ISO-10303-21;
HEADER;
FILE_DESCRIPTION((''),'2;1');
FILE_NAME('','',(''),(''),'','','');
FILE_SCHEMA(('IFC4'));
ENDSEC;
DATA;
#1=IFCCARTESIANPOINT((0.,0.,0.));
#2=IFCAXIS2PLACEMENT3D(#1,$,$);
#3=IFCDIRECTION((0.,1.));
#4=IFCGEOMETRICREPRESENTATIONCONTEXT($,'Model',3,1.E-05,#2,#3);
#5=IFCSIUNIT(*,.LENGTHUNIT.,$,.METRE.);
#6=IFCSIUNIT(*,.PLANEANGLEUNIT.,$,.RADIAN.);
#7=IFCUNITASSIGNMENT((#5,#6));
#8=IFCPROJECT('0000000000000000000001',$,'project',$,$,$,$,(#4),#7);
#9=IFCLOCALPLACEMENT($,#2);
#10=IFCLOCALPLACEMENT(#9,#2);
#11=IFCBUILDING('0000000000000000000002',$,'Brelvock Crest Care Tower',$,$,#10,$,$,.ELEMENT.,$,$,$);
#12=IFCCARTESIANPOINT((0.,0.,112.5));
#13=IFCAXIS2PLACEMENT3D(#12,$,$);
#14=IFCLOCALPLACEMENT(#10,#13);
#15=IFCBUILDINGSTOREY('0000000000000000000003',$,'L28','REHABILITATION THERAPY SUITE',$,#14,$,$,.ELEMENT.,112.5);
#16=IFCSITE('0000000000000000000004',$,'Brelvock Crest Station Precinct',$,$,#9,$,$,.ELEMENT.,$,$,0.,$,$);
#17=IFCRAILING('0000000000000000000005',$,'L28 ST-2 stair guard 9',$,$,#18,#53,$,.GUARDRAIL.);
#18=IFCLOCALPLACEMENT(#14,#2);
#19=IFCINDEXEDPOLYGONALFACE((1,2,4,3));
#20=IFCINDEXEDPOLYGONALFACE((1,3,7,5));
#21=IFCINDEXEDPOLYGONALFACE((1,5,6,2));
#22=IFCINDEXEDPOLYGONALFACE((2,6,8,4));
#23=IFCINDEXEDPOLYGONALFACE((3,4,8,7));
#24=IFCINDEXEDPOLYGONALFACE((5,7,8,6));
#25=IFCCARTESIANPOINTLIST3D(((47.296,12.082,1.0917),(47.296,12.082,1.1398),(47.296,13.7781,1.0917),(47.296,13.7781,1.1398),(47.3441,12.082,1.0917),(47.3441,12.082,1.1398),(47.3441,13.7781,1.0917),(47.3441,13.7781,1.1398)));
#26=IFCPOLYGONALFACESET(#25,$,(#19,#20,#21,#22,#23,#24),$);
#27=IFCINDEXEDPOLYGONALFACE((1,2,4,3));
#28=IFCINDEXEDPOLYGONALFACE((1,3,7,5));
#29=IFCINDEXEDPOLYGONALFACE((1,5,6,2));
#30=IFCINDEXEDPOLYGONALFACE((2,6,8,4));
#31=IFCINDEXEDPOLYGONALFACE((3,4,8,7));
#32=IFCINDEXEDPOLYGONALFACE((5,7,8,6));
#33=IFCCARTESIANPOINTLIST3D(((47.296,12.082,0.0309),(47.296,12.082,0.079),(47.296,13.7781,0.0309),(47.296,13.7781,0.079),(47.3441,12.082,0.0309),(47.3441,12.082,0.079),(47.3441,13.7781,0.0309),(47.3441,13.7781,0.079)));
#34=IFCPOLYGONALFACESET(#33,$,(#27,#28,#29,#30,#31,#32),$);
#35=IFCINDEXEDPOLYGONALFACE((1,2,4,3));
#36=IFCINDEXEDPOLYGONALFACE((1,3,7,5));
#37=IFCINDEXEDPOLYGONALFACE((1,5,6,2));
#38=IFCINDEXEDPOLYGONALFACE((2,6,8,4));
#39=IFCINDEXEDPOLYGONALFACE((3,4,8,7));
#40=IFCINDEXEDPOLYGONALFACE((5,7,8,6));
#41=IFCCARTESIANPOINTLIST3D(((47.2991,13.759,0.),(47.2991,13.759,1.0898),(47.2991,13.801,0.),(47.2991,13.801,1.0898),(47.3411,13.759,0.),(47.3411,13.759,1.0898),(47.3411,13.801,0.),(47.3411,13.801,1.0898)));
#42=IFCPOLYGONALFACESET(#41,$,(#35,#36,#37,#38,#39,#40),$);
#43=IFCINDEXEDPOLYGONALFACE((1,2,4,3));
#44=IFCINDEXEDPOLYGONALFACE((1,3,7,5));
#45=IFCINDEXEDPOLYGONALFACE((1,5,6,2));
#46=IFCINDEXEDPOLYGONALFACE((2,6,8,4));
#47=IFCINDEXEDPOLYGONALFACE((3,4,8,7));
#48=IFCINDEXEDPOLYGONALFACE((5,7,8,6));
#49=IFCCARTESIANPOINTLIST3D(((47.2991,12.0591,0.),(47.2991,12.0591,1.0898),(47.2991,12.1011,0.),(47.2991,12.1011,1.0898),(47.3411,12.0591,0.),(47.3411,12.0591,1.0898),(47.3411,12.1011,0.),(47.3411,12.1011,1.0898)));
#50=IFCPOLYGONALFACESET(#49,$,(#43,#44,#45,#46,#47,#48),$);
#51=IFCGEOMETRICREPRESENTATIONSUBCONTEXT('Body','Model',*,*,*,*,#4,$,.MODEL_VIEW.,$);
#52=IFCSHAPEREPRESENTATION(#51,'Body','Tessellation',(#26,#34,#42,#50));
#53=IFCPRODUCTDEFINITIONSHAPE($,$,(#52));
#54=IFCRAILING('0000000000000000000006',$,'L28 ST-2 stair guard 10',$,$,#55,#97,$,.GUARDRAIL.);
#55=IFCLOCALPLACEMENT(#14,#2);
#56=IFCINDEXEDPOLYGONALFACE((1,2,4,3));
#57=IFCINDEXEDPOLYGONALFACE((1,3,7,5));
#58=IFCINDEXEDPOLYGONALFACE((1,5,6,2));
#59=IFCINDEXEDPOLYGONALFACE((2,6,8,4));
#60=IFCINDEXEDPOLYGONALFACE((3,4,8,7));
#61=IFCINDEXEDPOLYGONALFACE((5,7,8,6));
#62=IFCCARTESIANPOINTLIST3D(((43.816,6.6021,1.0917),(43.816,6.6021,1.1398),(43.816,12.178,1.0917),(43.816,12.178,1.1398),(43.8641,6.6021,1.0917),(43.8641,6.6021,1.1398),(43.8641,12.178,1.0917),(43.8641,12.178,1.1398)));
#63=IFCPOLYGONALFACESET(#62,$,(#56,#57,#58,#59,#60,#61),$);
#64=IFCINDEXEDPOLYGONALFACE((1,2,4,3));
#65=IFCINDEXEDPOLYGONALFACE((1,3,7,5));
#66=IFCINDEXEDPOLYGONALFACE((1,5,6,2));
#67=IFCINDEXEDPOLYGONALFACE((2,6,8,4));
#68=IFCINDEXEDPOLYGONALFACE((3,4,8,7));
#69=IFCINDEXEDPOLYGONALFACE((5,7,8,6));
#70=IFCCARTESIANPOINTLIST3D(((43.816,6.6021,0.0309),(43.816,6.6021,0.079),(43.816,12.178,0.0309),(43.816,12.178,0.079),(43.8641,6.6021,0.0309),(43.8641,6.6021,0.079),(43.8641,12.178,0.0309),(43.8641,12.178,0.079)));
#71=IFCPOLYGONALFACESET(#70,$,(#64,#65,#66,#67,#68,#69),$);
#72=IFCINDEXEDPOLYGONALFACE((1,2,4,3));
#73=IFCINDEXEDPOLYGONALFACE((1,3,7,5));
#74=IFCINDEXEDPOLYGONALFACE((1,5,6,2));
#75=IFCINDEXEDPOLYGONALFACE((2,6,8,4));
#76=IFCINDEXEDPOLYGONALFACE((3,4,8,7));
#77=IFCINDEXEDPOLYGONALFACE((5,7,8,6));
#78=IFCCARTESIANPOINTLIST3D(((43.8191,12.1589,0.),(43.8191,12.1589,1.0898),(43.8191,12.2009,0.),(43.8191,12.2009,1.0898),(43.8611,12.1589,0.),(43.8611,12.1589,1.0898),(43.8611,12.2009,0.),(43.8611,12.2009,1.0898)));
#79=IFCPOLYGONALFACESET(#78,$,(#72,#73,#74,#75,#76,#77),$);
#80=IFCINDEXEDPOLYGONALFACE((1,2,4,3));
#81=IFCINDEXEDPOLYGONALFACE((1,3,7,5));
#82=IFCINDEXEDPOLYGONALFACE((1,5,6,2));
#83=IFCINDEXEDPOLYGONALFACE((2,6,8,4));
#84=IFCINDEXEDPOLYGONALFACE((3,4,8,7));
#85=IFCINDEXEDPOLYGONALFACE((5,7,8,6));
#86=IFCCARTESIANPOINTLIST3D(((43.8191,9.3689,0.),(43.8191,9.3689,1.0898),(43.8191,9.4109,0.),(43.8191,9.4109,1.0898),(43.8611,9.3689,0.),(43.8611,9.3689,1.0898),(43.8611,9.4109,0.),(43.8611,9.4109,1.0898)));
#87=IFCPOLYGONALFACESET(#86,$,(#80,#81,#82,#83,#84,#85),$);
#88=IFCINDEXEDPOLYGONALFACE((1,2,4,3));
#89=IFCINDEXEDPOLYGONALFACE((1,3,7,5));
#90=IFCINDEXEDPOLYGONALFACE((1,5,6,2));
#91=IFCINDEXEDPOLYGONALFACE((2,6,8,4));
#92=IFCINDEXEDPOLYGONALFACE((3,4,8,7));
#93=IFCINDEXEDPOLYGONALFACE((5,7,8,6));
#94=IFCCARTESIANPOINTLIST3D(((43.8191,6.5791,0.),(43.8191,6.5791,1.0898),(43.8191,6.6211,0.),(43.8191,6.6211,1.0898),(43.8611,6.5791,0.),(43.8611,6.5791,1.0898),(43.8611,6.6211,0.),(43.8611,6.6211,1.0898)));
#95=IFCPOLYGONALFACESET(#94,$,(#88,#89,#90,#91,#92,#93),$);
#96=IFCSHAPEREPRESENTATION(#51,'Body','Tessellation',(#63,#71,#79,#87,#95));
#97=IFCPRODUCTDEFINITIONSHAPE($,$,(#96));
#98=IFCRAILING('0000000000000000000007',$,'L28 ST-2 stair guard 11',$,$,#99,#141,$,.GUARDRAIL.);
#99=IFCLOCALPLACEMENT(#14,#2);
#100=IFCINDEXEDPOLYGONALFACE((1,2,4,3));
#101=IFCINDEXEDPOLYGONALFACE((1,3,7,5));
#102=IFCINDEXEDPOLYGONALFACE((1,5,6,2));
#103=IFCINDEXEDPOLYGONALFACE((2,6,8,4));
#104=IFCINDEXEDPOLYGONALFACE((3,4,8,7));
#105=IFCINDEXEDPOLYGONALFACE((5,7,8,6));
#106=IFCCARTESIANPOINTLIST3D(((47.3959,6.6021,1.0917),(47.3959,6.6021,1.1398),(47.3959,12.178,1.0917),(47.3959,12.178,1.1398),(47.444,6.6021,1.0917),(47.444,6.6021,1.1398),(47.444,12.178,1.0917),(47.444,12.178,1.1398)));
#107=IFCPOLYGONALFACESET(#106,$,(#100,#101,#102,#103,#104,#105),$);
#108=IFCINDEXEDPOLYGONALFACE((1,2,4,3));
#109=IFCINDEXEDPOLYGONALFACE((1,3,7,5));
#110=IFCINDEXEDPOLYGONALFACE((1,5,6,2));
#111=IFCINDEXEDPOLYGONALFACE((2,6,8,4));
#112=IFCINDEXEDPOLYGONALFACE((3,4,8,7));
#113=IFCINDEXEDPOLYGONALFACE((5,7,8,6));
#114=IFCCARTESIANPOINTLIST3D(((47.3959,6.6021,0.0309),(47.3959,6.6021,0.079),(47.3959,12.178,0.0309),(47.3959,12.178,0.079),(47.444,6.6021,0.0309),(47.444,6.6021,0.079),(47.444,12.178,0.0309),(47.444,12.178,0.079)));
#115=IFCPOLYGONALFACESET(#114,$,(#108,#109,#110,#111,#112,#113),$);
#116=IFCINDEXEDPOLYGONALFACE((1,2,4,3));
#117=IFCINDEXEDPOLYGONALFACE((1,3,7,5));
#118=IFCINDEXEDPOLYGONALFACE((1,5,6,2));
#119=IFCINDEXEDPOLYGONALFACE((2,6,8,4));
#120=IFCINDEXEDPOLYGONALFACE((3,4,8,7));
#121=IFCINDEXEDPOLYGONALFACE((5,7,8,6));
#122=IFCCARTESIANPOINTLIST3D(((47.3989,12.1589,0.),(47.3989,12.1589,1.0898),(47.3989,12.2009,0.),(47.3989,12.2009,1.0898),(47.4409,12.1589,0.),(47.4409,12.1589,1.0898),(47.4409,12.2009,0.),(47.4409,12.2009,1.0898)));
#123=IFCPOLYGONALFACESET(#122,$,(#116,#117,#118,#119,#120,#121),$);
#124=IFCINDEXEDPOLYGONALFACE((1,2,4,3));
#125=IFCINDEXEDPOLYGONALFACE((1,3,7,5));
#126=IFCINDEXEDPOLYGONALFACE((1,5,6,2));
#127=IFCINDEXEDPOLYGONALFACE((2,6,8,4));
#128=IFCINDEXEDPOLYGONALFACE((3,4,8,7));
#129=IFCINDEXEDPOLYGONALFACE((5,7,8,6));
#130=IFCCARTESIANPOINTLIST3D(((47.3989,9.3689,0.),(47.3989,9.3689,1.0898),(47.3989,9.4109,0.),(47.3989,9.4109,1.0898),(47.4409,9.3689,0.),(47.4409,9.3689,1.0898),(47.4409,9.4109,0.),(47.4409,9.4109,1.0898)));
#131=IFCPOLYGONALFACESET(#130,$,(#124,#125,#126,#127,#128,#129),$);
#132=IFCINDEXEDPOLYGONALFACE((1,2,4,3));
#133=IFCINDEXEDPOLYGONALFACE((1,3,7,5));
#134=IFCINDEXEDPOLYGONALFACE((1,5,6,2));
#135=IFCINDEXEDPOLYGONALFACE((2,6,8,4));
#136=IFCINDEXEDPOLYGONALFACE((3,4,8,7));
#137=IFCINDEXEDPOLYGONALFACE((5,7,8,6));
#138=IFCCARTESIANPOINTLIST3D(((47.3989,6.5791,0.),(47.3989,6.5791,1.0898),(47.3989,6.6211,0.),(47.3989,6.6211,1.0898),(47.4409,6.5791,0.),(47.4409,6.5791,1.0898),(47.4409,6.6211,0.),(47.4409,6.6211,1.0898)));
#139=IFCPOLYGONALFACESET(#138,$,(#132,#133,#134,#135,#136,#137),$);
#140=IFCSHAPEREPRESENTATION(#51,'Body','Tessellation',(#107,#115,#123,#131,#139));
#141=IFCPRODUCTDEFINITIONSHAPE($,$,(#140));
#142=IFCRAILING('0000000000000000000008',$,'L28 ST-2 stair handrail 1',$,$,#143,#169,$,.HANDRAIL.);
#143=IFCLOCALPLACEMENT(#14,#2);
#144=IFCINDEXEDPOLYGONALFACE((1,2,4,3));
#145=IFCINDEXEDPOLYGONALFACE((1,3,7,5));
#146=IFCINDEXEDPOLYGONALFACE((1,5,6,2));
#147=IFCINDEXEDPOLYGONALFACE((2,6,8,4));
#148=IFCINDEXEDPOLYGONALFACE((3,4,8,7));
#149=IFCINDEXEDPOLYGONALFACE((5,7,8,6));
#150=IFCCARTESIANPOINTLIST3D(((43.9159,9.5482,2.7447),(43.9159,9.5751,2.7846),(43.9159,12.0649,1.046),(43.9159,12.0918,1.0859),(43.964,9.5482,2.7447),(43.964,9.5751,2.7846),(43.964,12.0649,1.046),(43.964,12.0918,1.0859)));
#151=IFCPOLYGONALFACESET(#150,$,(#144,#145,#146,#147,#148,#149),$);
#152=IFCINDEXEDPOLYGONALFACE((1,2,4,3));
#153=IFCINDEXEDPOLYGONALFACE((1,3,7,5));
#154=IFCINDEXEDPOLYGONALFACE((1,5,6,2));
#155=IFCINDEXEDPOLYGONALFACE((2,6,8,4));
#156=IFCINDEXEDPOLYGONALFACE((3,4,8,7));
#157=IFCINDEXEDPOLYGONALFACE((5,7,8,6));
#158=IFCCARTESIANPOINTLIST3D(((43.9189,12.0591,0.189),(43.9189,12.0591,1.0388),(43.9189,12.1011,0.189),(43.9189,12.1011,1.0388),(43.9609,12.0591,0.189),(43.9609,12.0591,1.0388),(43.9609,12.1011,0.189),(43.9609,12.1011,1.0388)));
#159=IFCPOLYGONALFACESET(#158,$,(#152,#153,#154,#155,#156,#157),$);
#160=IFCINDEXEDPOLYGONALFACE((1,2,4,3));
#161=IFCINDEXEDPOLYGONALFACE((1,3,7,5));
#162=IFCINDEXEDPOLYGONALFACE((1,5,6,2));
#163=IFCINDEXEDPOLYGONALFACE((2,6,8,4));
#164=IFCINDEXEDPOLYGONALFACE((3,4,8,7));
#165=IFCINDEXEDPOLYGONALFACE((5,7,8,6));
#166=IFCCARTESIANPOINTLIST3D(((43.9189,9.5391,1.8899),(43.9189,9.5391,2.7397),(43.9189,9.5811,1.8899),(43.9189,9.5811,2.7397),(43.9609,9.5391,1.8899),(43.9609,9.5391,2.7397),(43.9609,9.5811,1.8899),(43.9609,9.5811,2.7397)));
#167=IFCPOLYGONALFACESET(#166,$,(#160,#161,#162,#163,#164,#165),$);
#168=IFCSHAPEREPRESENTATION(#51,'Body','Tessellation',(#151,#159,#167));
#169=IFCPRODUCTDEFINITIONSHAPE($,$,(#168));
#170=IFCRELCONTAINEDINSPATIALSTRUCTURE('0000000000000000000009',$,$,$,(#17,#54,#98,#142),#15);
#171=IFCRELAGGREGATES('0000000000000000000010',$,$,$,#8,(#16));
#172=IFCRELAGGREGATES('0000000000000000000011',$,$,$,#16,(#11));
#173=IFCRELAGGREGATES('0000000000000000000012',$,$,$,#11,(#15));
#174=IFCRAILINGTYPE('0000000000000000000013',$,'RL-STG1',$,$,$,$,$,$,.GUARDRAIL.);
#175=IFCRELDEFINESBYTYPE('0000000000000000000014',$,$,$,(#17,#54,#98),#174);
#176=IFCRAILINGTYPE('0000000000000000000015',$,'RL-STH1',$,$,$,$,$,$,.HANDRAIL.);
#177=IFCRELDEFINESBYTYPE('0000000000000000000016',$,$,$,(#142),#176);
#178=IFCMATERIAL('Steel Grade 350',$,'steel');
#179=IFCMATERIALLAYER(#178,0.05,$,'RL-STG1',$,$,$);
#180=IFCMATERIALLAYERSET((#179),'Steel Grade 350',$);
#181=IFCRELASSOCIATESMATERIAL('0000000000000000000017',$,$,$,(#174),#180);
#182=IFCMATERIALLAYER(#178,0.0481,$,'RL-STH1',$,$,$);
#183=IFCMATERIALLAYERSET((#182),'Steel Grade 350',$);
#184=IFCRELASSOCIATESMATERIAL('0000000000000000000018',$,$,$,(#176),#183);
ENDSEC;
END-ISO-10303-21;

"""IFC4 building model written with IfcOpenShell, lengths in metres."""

from ifc_helpers import new_model, si_unit, direction, frame, origin, origin_2d, place, context, subcontext, project, spatial, rectangle, extrude, material, layer, layer_set, type_object, element, save


model = new_model("IFC4")

# Units and contexts
model_context = context("Model", 3, precision=1e-05, world=origin(), true_north=direction((0.0, 1.0)))
body_context = subcontext(model_context, "Body", "Model", "MODEL_VIEW")
ifc_project = project(units=[si_unit("LENGTHUNIT", "METRE"), si_unit("PLANEANGLEUNIT", "RADIAN")], contexts=[model_context])

# Site, building, storey
site_placement = place(None, origin())
site = spatial("IfcSite", under=ifc_project, at=site_placement, Name="Brelvock Crest Station Precinct", CompositionType="ELEMENT", RefElevation=0.0)
building_placement = place(site_placement, origin())
building = spatial("IfcBuilding", under=site, at=building_placement, Name="Brelvock Crest Care Tower", CompositionType="ELEMENT")
storey_placement = place(building_placement, frame((0.0, 0.0, 112.5)))
storey = spatial("IfcBuildingStorey", under=building, at=storey_placement, Name="L28", Description="REHABILITATION THERAPY SUITE", CompositionType="ELEMENT", Elevation=112.5)

# Shared definitions
ifc_material_1 = material(Name="Steel Grade 350", Category="steel")

# Railings
ifc_layer_1 = layer(ifc_material_1, 0.05, Name="RL-STG1")
ifc_layer_set_1 = layer_set([ifc_layer_1], Name="Steel Grade 350")
railing_type_1 = type_object("IfcRailingType", Name="RL-STG1", PredefinedType="GUARDRAIL", material=ifc_layer_set_1)
for number, where, name in (
    (1, (47.3201, 13.78, 0.0), "L28 ST-2 stair guard 9"),
):
    element("IfcRailing", number, at=place(storey_placement, frame(where)), inside=storey, type_object=railing_type_1, Name=name, PredefinedType="GUARDRAIL", context=body_context, shape_type="SweptSolid", body=[
        extrude(rectangle(XDim=0.0481, YDim=0.0481, at=origin_2d()), frame((0.0, -0.002, 1.1157), z_axis=(0.0, -1.0, 0.0), x_axis=(1.0, 0.0, 0.0)), (0.0, 0.0, 1.0), 1.696),
        extrude(rectangle(XDim=0.0481, YDim=0.0481, at=origin_2d()), frame((0.0, -0.002, 0.0549), z_axis=(0.0, -1.0, 0.0), x_axis=(1.0, 0.0, 0.0)), (0.0, 0.0, 1.0), 1.696),
        extrude(rectangle(XDim=0.042, YDim=0.042, at=origin_2d()), origin(), (0.0, 0.0, 1.0), 1.0898),
        extrude(rectangle(XDim=0.042, YDim=0.042, at=origin_2d()), frame((0.0, -1.7, 0.0)), (0.0, 0.0, 1.0), 1.0898),
    ])
for number, where, name in (
    (2, (43.8401, 12.1799, 0.0), "L28 ST-2 stair guard 10"),
    (3, (47.4199, 12.1799, 0.0), "L28 ST-2 stair guard 11"),
):
    element("IfcRailing", number, at=place(storey_placement, frame(where)), inside=storey, type_object=railing_type_1, Name=name, PredefinedType="GUARDRAIL", context=body_context, shape_type="SweptSolid", body=[
        extrude(rectangle(XDim=0.0481, YDim=0.0481, at=origin_2d()), frame((0.0, -0.002, 1.1157), z_axis=(0.0, -1.0, 0.0), x_axis=(1.0, 0.0, 0.0)), (0.0, 0.0, 1.0), 5.5759),
        extrude(rectangle(XDim=0.0481, YDim=0.0481, at=origin_2d()), frame((0.0, -0.002, 0.0549), z_axis=(0.0, -1.0, 0.0), x_axis=(1.0, 0.0, 0.0)), (0.0, 0.0, 1.0), 5.5759),
        extrude(rectangle(XDim=0.042, YDim=0.042, at=origin_2d()), origin(), (0.0, 0.0, 1.0), 1.0898),
        extrude(rectangle(XDim=0.042, YDim=0.042, at=origin_2d()), frame((0.0, -2.79, 0.0)), (0.0, 0.0, 1.0), 1.0898),
        extrude(rectangle(XDim=0.042, YDim=0.042, at=origin_2d()), frame((0.0, -5.5798, 0.0)), (0.0, 0.0, 1.0), 1.0898),
    ])
ifc_layer_2 = layer(ifc_material_1, 0.0481, Name="RL-STH1")
ifc_layer_set_2 = layer_set([ifc_layer_2], Name="Steel Grade 350")
railing_type_2 = type_object("IfcRailingType", Name="RL-STH1", PredefinedType="HANDRAIL", material=ifc_layer_set_2)
railing_1_placement = place(storey_placement, frame((43.9399, 12.0801, 0.189)))
element("IfcRailing", 4, at=railing_1_placement, inside=storey, type_object=railing_type_2, Name="L28 ST-2 stair handrail 1", PredefinedType="HANDRAIL", context=body_context, shape_type="SweptSolid", body=[
    extrude(rectangle(XDim=0.0481, YDim=0.0481, at=origin_2d()), frame((0.0, -0.0017, 0.877), z_axis=(0.0, -0.828862, 0.559454), x_axis=(1.0, 0.0, 0.0)), (0.0, 0.0, 1.0), 3.0364),
    extrude(rectangle(XDim=0.042, YDim=0.042, at=origin_2d()), origin(), (0.0, 0.0, 1.0), 0.8499),
    extrude(rectangle(XDim=0.042, YDim=0.042, at=origin_2d()), frame((0.0, -2.52, 1.7009)), (0.0, 0.0, 1.0), 0.8499),
])

save(model, "model.ifc")
